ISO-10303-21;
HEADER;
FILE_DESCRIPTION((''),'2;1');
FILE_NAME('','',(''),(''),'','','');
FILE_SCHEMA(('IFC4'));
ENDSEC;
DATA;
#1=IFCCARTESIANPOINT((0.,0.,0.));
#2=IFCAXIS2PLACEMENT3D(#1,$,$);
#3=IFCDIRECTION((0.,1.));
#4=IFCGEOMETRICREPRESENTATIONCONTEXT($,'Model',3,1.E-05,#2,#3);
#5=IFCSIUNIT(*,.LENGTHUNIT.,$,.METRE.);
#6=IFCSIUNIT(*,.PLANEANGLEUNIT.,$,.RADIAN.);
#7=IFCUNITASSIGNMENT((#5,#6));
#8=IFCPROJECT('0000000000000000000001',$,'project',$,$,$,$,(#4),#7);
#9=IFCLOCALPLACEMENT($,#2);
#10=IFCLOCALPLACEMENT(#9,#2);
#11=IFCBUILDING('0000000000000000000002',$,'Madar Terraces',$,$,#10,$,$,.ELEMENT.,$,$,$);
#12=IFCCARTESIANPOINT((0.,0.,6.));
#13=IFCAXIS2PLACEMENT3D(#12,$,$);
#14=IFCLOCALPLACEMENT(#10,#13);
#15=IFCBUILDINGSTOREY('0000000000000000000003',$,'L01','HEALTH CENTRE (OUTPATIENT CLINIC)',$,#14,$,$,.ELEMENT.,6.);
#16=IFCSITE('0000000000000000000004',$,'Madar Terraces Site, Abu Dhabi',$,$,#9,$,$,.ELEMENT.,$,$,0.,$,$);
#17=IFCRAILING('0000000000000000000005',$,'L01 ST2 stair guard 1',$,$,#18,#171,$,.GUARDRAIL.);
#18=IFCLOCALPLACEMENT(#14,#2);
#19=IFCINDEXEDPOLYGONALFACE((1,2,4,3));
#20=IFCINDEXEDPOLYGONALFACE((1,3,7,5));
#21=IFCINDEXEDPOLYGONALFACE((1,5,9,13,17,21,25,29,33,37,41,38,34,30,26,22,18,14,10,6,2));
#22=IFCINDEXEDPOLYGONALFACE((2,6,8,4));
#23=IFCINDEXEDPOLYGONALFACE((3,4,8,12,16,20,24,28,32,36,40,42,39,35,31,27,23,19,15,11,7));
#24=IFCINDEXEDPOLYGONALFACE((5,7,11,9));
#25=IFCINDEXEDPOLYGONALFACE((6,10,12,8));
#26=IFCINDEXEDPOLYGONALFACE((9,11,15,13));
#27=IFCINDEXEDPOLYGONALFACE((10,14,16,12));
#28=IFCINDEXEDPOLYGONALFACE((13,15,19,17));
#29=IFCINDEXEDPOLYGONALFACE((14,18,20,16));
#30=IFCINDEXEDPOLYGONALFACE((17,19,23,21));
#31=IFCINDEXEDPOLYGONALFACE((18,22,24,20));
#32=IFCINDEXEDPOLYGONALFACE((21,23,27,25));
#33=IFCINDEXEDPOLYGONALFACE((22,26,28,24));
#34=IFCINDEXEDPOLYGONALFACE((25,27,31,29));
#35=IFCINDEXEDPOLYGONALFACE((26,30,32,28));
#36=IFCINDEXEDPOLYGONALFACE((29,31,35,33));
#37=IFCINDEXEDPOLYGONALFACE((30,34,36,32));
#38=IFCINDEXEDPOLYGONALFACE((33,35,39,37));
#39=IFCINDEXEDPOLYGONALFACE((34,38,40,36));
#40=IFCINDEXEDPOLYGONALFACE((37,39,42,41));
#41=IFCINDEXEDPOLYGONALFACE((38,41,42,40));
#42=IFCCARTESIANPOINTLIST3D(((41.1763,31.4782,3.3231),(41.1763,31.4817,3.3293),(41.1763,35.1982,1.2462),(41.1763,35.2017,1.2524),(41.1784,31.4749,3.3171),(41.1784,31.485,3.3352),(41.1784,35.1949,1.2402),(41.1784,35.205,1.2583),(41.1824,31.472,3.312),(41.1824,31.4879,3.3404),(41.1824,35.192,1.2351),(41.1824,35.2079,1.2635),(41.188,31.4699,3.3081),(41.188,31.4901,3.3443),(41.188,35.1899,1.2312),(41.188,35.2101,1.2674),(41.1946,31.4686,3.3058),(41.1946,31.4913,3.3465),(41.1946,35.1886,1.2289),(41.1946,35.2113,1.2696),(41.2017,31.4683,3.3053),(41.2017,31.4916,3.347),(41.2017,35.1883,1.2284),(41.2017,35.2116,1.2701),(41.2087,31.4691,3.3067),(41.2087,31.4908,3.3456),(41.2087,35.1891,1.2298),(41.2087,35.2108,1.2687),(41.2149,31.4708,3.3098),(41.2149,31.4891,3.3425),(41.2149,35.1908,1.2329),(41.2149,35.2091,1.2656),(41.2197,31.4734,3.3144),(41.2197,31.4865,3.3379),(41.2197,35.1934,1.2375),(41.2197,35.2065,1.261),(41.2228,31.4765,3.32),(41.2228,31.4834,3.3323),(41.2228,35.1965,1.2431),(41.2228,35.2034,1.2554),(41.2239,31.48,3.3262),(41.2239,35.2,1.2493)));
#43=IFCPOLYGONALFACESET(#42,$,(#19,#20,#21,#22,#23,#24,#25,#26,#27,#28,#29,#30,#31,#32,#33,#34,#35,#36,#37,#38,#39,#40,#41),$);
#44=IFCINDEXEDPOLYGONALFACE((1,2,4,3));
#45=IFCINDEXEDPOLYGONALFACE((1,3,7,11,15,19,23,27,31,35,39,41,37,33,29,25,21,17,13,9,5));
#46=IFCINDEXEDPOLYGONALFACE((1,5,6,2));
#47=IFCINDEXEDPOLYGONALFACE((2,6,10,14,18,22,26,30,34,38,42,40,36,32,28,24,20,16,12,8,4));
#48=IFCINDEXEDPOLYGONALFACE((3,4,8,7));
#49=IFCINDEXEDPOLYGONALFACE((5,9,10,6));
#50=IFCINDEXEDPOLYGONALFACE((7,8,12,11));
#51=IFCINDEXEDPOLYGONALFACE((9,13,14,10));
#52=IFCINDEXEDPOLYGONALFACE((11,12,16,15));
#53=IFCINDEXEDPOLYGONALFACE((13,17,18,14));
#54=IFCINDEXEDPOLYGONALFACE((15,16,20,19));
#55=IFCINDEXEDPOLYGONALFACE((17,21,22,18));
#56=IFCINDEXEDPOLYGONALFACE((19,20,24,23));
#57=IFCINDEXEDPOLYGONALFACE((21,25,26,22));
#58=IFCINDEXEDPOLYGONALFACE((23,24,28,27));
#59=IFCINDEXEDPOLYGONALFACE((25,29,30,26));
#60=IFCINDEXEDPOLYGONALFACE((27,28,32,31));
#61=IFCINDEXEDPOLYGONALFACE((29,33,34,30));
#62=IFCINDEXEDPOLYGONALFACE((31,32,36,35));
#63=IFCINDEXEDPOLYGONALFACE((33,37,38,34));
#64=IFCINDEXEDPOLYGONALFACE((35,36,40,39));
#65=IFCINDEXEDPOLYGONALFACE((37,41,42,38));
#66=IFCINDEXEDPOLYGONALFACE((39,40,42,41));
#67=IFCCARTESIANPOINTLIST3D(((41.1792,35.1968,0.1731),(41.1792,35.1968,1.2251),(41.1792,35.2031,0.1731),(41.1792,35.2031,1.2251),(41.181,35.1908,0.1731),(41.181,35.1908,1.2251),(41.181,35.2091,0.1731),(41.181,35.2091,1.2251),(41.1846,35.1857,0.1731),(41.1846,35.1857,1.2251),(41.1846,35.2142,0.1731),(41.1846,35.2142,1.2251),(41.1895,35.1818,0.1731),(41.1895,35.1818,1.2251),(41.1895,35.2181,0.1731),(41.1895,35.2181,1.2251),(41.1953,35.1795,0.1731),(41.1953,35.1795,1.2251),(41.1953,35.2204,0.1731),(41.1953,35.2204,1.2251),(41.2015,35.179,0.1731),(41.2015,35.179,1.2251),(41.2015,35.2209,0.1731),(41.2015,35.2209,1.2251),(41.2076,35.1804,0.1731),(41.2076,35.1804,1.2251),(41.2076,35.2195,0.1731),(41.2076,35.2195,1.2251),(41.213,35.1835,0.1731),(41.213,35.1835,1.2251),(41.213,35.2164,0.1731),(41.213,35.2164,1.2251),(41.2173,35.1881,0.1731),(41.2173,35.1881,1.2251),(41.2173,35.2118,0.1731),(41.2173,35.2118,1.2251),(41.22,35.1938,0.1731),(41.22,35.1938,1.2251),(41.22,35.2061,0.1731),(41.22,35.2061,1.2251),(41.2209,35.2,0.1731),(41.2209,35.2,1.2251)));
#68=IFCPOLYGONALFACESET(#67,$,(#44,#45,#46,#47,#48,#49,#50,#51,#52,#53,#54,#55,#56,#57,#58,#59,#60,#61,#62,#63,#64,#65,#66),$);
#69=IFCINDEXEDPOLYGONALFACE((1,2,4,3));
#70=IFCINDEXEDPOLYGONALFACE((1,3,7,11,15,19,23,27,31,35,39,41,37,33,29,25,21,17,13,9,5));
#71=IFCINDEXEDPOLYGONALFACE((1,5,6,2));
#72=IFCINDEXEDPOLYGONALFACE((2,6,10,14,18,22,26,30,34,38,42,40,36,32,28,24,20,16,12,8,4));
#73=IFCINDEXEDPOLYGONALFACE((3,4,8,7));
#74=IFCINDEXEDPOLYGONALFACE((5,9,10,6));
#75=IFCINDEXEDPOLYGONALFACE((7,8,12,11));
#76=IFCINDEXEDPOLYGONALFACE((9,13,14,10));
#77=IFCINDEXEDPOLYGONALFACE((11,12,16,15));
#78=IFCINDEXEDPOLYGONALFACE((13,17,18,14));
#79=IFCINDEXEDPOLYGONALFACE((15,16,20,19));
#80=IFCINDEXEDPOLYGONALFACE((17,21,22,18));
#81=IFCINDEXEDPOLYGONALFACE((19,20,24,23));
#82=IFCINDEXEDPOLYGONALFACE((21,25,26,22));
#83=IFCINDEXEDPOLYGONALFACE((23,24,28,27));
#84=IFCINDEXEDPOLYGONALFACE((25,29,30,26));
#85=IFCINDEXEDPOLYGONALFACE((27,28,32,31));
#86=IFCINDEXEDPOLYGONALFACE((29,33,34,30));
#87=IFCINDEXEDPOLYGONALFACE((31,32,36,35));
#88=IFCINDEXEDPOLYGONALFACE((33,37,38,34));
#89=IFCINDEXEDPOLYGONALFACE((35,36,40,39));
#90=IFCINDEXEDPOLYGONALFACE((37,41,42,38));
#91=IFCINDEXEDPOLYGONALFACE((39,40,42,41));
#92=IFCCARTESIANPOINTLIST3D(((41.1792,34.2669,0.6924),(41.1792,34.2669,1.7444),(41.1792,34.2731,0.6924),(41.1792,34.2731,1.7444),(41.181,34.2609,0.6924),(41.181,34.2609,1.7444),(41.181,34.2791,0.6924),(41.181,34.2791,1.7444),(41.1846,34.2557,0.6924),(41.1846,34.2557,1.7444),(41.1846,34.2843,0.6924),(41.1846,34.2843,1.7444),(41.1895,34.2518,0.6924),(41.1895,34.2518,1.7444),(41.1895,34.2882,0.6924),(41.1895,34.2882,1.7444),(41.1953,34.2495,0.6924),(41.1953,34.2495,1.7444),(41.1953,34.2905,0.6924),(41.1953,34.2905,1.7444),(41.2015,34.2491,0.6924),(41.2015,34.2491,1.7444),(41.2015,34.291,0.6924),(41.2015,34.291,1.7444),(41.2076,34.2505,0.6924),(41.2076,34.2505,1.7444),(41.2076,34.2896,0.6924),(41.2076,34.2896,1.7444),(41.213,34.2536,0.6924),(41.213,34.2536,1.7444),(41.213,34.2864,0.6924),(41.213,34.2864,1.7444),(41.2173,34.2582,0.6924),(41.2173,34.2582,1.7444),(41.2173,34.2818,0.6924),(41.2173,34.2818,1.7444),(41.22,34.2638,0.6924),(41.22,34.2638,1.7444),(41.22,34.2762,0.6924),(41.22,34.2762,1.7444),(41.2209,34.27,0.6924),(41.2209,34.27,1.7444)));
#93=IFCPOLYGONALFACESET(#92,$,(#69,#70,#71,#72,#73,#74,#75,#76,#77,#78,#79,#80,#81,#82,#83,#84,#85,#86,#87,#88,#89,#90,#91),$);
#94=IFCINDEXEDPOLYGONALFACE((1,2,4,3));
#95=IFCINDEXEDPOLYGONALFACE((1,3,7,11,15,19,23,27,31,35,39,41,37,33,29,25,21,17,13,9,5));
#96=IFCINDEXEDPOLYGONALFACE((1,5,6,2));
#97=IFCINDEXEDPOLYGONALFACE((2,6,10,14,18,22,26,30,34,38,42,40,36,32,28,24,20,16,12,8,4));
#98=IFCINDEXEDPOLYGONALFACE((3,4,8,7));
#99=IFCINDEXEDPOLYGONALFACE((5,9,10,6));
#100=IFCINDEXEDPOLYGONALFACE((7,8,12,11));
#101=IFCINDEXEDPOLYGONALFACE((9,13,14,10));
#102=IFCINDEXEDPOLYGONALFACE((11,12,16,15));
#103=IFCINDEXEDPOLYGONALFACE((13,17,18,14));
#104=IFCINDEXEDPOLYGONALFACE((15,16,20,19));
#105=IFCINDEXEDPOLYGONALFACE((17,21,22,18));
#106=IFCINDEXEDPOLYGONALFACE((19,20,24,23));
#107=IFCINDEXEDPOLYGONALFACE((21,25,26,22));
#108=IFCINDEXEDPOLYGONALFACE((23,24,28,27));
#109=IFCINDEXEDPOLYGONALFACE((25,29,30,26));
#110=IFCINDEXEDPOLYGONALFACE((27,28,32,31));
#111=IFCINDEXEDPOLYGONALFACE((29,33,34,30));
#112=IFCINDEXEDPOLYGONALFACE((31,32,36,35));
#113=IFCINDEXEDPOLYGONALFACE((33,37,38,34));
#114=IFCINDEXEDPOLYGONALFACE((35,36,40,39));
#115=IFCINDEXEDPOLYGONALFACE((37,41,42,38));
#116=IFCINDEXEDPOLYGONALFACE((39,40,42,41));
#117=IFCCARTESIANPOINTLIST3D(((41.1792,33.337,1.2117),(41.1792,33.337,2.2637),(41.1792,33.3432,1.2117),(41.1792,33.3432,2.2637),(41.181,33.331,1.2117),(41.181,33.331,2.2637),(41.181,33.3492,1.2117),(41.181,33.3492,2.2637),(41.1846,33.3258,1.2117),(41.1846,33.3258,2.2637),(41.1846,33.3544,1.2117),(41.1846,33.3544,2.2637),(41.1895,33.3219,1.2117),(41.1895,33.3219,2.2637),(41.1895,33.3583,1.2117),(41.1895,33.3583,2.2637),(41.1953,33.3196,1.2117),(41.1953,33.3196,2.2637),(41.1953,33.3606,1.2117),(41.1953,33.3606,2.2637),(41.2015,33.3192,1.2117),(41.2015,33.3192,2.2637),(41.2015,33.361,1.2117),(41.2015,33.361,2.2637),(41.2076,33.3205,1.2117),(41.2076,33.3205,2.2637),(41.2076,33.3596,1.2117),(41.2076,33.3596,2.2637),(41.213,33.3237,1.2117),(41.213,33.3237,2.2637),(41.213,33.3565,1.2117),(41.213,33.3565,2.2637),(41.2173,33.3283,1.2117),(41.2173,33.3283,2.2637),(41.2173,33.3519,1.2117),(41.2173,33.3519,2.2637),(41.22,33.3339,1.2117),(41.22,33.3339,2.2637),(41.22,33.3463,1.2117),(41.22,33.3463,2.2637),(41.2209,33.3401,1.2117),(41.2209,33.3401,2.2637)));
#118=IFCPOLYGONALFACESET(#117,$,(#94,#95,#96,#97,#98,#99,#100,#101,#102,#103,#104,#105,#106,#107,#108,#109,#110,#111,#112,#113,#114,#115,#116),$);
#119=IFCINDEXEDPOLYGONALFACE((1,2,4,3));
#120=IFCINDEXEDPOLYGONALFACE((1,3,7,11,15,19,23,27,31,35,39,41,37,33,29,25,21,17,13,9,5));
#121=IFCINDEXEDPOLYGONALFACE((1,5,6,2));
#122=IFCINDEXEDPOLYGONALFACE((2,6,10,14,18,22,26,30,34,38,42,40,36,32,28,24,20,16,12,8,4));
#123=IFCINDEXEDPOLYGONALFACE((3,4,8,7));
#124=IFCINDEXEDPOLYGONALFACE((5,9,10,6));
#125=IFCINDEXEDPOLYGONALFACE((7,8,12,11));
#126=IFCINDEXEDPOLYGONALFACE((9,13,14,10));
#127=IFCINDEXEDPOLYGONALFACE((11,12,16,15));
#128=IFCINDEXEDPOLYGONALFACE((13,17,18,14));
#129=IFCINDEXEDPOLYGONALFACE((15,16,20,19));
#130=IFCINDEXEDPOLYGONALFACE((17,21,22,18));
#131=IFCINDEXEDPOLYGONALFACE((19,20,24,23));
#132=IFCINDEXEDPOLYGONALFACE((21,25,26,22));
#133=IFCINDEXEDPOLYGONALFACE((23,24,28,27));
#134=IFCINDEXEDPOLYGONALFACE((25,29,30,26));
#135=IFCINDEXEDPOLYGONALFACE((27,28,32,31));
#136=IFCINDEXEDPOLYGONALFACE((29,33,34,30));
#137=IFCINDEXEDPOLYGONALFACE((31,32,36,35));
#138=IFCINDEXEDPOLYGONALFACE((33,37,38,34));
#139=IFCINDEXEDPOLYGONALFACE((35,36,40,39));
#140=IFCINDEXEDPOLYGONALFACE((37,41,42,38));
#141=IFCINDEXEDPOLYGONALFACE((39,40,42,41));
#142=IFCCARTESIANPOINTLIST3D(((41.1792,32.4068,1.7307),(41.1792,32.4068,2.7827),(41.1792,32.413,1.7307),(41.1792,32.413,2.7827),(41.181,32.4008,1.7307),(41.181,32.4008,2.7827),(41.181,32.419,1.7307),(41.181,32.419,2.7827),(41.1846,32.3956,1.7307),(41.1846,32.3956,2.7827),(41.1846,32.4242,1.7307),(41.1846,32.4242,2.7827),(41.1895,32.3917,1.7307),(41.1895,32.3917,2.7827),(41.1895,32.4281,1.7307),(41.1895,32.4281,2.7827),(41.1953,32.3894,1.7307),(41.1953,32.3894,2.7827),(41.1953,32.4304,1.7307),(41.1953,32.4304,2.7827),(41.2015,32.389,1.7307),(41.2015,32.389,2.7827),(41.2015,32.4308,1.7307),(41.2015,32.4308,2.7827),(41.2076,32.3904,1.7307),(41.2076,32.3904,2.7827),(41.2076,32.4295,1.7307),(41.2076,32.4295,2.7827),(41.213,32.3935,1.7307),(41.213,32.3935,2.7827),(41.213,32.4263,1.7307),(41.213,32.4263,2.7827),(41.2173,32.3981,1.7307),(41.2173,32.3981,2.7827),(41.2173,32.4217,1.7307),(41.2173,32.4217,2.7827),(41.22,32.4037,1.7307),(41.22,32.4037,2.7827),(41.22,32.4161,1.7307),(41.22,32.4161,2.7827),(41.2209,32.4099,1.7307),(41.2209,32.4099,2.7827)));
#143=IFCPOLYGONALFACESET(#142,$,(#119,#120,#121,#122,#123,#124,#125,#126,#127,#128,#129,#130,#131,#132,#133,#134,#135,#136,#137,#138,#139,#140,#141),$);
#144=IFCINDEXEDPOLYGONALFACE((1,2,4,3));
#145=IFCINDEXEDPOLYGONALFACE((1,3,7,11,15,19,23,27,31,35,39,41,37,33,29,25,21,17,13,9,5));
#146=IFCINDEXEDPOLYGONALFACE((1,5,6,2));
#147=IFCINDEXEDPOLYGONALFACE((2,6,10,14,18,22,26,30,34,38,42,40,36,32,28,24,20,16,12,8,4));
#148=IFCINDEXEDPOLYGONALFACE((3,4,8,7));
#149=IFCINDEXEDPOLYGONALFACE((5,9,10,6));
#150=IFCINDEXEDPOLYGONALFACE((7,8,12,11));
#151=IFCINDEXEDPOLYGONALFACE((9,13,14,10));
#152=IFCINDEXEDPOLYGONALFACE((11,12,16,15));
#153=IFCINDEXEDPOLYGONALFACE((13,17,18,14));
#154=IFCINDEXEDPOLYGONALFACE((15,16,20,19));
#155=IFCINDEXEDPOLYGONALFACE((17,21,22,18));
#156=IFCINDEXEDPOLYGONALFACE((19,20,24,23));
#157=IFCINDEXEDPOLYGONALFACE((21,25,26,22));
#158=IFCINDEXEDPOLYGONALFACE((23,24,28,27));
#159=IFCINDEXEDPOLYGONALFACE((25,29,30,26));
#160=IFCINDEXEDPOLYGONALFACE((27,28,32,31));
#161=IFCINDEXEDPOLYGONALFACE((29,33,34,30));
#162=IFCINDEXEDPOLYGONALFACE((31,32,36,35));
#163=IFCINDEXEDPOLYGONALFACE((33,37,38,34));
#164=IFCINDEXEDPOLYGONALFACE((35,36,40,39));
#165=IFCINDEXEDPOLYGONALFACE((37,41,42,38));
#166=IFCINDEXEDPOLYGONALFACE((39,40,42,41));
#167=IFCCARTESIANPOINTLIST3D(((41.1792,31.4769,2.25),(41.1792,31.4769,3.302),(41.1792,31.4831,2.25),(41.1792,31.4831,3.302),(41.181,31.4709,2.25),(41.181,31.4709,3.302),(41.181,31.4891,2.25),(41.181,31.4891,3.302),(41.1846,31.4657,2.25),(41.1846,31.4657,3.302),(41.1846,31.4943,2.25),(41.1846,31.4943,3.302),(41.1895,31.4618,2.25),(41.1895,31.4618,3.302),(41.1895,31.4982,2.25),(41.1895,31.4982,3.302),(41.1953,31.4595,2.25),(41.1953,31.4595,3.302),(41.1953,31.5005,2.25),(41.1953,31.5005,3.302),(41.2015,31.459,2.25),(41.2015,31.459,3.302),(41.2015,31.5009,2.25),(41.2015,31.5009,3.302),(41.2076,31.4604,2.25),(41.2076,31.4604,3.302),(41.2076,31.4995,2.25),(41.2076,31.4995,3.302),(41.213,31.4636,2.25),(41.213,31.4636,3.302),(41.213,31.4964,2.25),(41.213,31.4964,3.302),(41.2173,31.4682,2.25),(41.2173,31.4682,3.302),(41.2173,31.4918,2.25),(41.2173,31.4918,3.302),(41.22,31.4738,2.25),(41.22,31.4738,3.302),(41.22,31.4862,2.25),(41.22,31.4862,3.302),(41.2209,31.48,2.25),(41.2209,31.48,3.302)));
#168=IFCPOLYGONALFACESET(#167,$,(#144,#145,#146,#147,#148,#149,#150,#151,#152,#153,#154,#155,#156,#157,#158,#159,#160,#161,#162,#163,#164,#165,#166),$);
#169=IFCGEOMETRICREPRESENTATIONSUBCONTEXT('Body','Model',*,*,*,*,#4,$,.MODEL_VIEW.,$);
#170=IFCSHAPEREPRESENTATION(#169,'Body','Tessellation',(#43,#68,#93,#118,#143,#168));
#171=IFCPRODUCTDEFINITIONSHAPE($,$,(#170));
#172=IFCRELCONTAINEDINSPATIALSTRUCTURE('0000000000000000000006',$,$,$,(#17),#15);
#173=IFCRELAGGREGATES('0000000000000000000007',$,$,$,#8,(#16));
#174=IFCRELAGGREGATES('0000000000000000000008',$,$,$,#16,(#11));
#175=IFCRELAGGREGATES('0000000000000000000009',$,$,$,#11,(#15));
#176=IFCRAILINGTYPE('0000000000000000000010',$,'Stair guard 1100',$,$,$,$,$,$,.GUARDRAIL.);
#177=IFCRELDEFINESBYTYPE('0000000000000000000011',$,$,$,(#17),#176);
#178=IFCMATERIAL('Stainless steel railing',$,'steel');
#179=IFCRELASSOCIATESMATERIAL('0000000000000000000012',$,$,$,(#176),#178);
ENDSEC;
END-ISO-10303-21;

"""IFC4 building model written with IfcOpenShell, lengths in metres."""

from ifc_helpers import new_model, si_unit, direction, frame, origin, origin_2d, place, context, subcontext, project, spatial, circle, extrude, material, type_object, element, save


model = new_model("IFC4")

# Units and contexts
model_context = context("Model", 3, precision=1e-05, world=origin(), true_north=direction((0.0, 1.0)))
body_context = subcontext(model_context, "Body", "Model", "MODEL_VIEW")
ifc_project = project(units=[si_unit("LENGTHUNIT", "METRE"), si_unit("PLANEANGLEUNIT", "RADIAN")], contexts=[model_context])

# Site, building, storey
site_placement = place(None, origin())
site = spatial("IfcSite", under=ifc_project, at=site_placement, Name="Madar Terraces Site, Abu Dhabi", CompositionType="ELEMENT", RefElevation=0.0)
building_placement = place(site_placement, origin())
building = spatial("IfcBuilding", under=site, at=building_placement, Name="Madar Terraces", CompositionType="ELEMENT")
storey_placement = place(building_placement, frame((0.0, 0.0, 6.0)))
storey = spatial("IfcBuildingStorey", under=building, at=storey_placement, Name="L01", Description="HEALTH CENTRE (OUTPATIENT CLINIC)", CompositionType="ELEMENT", Elevation=6.0)

# Railing
ifc_material_1 = material(Name="Stainless steel railing", Category="steel")
railing_type_1 = type_object("IfcRailingType", Name="Stair guard 1100", PredefinedType="GUARDRAIL", material=ifc_material_1)
railing_1_placement = place(storey_placement, frame((41.2, 35.2, 0.1731)))
element("IfcRailing", 1, at=railing_1_placement, inside=storey, type_object=railing_type_1, Name="L01 ST2 stair guard 1", PredefinedType="GUARDRAIL", context=body_context, shape_type="SweptSolid", body=[
    extrude(circle(Radius=0.0239, at=origin_2d()), frame((0.0, 0.0, 1.0762), z_axis=(0.0, -0.873134, 0.487481), x_axis=(1.0, 0.0, 0.0)), (0.0, 0.0, 1.0), 4.2605),
    extrude(circle(Radius=0.021, at=origin_2d()), origin(), (0.0, 0.0, 1.0), 1.052),
    extrude(circle(Radius=0.021, at=origin_2d()), frame((0.0, -0.9299, 0.5193)), (0.0, 0.0, 1.0), 1.052),
    extrude(circle(Radius=0.021, at=origin_2d()), frame((0.0, -1.8599, 1.0386)), (0.0, 0.0, 1.0), 1.052),
    extrude(circle(Radius=0.021, at=origin_2d()), frame((0.0, -2.79, 1.5576)), (0.0, 0.0, 1.0), 1.052),
    extrude(circle(Radius=0.021, at=origin_2d()), frame((0.0, -3.72, 2.0769)), (0.0, 0.0, 1.0), 1.052),
])

save(model, "model.ifc")
